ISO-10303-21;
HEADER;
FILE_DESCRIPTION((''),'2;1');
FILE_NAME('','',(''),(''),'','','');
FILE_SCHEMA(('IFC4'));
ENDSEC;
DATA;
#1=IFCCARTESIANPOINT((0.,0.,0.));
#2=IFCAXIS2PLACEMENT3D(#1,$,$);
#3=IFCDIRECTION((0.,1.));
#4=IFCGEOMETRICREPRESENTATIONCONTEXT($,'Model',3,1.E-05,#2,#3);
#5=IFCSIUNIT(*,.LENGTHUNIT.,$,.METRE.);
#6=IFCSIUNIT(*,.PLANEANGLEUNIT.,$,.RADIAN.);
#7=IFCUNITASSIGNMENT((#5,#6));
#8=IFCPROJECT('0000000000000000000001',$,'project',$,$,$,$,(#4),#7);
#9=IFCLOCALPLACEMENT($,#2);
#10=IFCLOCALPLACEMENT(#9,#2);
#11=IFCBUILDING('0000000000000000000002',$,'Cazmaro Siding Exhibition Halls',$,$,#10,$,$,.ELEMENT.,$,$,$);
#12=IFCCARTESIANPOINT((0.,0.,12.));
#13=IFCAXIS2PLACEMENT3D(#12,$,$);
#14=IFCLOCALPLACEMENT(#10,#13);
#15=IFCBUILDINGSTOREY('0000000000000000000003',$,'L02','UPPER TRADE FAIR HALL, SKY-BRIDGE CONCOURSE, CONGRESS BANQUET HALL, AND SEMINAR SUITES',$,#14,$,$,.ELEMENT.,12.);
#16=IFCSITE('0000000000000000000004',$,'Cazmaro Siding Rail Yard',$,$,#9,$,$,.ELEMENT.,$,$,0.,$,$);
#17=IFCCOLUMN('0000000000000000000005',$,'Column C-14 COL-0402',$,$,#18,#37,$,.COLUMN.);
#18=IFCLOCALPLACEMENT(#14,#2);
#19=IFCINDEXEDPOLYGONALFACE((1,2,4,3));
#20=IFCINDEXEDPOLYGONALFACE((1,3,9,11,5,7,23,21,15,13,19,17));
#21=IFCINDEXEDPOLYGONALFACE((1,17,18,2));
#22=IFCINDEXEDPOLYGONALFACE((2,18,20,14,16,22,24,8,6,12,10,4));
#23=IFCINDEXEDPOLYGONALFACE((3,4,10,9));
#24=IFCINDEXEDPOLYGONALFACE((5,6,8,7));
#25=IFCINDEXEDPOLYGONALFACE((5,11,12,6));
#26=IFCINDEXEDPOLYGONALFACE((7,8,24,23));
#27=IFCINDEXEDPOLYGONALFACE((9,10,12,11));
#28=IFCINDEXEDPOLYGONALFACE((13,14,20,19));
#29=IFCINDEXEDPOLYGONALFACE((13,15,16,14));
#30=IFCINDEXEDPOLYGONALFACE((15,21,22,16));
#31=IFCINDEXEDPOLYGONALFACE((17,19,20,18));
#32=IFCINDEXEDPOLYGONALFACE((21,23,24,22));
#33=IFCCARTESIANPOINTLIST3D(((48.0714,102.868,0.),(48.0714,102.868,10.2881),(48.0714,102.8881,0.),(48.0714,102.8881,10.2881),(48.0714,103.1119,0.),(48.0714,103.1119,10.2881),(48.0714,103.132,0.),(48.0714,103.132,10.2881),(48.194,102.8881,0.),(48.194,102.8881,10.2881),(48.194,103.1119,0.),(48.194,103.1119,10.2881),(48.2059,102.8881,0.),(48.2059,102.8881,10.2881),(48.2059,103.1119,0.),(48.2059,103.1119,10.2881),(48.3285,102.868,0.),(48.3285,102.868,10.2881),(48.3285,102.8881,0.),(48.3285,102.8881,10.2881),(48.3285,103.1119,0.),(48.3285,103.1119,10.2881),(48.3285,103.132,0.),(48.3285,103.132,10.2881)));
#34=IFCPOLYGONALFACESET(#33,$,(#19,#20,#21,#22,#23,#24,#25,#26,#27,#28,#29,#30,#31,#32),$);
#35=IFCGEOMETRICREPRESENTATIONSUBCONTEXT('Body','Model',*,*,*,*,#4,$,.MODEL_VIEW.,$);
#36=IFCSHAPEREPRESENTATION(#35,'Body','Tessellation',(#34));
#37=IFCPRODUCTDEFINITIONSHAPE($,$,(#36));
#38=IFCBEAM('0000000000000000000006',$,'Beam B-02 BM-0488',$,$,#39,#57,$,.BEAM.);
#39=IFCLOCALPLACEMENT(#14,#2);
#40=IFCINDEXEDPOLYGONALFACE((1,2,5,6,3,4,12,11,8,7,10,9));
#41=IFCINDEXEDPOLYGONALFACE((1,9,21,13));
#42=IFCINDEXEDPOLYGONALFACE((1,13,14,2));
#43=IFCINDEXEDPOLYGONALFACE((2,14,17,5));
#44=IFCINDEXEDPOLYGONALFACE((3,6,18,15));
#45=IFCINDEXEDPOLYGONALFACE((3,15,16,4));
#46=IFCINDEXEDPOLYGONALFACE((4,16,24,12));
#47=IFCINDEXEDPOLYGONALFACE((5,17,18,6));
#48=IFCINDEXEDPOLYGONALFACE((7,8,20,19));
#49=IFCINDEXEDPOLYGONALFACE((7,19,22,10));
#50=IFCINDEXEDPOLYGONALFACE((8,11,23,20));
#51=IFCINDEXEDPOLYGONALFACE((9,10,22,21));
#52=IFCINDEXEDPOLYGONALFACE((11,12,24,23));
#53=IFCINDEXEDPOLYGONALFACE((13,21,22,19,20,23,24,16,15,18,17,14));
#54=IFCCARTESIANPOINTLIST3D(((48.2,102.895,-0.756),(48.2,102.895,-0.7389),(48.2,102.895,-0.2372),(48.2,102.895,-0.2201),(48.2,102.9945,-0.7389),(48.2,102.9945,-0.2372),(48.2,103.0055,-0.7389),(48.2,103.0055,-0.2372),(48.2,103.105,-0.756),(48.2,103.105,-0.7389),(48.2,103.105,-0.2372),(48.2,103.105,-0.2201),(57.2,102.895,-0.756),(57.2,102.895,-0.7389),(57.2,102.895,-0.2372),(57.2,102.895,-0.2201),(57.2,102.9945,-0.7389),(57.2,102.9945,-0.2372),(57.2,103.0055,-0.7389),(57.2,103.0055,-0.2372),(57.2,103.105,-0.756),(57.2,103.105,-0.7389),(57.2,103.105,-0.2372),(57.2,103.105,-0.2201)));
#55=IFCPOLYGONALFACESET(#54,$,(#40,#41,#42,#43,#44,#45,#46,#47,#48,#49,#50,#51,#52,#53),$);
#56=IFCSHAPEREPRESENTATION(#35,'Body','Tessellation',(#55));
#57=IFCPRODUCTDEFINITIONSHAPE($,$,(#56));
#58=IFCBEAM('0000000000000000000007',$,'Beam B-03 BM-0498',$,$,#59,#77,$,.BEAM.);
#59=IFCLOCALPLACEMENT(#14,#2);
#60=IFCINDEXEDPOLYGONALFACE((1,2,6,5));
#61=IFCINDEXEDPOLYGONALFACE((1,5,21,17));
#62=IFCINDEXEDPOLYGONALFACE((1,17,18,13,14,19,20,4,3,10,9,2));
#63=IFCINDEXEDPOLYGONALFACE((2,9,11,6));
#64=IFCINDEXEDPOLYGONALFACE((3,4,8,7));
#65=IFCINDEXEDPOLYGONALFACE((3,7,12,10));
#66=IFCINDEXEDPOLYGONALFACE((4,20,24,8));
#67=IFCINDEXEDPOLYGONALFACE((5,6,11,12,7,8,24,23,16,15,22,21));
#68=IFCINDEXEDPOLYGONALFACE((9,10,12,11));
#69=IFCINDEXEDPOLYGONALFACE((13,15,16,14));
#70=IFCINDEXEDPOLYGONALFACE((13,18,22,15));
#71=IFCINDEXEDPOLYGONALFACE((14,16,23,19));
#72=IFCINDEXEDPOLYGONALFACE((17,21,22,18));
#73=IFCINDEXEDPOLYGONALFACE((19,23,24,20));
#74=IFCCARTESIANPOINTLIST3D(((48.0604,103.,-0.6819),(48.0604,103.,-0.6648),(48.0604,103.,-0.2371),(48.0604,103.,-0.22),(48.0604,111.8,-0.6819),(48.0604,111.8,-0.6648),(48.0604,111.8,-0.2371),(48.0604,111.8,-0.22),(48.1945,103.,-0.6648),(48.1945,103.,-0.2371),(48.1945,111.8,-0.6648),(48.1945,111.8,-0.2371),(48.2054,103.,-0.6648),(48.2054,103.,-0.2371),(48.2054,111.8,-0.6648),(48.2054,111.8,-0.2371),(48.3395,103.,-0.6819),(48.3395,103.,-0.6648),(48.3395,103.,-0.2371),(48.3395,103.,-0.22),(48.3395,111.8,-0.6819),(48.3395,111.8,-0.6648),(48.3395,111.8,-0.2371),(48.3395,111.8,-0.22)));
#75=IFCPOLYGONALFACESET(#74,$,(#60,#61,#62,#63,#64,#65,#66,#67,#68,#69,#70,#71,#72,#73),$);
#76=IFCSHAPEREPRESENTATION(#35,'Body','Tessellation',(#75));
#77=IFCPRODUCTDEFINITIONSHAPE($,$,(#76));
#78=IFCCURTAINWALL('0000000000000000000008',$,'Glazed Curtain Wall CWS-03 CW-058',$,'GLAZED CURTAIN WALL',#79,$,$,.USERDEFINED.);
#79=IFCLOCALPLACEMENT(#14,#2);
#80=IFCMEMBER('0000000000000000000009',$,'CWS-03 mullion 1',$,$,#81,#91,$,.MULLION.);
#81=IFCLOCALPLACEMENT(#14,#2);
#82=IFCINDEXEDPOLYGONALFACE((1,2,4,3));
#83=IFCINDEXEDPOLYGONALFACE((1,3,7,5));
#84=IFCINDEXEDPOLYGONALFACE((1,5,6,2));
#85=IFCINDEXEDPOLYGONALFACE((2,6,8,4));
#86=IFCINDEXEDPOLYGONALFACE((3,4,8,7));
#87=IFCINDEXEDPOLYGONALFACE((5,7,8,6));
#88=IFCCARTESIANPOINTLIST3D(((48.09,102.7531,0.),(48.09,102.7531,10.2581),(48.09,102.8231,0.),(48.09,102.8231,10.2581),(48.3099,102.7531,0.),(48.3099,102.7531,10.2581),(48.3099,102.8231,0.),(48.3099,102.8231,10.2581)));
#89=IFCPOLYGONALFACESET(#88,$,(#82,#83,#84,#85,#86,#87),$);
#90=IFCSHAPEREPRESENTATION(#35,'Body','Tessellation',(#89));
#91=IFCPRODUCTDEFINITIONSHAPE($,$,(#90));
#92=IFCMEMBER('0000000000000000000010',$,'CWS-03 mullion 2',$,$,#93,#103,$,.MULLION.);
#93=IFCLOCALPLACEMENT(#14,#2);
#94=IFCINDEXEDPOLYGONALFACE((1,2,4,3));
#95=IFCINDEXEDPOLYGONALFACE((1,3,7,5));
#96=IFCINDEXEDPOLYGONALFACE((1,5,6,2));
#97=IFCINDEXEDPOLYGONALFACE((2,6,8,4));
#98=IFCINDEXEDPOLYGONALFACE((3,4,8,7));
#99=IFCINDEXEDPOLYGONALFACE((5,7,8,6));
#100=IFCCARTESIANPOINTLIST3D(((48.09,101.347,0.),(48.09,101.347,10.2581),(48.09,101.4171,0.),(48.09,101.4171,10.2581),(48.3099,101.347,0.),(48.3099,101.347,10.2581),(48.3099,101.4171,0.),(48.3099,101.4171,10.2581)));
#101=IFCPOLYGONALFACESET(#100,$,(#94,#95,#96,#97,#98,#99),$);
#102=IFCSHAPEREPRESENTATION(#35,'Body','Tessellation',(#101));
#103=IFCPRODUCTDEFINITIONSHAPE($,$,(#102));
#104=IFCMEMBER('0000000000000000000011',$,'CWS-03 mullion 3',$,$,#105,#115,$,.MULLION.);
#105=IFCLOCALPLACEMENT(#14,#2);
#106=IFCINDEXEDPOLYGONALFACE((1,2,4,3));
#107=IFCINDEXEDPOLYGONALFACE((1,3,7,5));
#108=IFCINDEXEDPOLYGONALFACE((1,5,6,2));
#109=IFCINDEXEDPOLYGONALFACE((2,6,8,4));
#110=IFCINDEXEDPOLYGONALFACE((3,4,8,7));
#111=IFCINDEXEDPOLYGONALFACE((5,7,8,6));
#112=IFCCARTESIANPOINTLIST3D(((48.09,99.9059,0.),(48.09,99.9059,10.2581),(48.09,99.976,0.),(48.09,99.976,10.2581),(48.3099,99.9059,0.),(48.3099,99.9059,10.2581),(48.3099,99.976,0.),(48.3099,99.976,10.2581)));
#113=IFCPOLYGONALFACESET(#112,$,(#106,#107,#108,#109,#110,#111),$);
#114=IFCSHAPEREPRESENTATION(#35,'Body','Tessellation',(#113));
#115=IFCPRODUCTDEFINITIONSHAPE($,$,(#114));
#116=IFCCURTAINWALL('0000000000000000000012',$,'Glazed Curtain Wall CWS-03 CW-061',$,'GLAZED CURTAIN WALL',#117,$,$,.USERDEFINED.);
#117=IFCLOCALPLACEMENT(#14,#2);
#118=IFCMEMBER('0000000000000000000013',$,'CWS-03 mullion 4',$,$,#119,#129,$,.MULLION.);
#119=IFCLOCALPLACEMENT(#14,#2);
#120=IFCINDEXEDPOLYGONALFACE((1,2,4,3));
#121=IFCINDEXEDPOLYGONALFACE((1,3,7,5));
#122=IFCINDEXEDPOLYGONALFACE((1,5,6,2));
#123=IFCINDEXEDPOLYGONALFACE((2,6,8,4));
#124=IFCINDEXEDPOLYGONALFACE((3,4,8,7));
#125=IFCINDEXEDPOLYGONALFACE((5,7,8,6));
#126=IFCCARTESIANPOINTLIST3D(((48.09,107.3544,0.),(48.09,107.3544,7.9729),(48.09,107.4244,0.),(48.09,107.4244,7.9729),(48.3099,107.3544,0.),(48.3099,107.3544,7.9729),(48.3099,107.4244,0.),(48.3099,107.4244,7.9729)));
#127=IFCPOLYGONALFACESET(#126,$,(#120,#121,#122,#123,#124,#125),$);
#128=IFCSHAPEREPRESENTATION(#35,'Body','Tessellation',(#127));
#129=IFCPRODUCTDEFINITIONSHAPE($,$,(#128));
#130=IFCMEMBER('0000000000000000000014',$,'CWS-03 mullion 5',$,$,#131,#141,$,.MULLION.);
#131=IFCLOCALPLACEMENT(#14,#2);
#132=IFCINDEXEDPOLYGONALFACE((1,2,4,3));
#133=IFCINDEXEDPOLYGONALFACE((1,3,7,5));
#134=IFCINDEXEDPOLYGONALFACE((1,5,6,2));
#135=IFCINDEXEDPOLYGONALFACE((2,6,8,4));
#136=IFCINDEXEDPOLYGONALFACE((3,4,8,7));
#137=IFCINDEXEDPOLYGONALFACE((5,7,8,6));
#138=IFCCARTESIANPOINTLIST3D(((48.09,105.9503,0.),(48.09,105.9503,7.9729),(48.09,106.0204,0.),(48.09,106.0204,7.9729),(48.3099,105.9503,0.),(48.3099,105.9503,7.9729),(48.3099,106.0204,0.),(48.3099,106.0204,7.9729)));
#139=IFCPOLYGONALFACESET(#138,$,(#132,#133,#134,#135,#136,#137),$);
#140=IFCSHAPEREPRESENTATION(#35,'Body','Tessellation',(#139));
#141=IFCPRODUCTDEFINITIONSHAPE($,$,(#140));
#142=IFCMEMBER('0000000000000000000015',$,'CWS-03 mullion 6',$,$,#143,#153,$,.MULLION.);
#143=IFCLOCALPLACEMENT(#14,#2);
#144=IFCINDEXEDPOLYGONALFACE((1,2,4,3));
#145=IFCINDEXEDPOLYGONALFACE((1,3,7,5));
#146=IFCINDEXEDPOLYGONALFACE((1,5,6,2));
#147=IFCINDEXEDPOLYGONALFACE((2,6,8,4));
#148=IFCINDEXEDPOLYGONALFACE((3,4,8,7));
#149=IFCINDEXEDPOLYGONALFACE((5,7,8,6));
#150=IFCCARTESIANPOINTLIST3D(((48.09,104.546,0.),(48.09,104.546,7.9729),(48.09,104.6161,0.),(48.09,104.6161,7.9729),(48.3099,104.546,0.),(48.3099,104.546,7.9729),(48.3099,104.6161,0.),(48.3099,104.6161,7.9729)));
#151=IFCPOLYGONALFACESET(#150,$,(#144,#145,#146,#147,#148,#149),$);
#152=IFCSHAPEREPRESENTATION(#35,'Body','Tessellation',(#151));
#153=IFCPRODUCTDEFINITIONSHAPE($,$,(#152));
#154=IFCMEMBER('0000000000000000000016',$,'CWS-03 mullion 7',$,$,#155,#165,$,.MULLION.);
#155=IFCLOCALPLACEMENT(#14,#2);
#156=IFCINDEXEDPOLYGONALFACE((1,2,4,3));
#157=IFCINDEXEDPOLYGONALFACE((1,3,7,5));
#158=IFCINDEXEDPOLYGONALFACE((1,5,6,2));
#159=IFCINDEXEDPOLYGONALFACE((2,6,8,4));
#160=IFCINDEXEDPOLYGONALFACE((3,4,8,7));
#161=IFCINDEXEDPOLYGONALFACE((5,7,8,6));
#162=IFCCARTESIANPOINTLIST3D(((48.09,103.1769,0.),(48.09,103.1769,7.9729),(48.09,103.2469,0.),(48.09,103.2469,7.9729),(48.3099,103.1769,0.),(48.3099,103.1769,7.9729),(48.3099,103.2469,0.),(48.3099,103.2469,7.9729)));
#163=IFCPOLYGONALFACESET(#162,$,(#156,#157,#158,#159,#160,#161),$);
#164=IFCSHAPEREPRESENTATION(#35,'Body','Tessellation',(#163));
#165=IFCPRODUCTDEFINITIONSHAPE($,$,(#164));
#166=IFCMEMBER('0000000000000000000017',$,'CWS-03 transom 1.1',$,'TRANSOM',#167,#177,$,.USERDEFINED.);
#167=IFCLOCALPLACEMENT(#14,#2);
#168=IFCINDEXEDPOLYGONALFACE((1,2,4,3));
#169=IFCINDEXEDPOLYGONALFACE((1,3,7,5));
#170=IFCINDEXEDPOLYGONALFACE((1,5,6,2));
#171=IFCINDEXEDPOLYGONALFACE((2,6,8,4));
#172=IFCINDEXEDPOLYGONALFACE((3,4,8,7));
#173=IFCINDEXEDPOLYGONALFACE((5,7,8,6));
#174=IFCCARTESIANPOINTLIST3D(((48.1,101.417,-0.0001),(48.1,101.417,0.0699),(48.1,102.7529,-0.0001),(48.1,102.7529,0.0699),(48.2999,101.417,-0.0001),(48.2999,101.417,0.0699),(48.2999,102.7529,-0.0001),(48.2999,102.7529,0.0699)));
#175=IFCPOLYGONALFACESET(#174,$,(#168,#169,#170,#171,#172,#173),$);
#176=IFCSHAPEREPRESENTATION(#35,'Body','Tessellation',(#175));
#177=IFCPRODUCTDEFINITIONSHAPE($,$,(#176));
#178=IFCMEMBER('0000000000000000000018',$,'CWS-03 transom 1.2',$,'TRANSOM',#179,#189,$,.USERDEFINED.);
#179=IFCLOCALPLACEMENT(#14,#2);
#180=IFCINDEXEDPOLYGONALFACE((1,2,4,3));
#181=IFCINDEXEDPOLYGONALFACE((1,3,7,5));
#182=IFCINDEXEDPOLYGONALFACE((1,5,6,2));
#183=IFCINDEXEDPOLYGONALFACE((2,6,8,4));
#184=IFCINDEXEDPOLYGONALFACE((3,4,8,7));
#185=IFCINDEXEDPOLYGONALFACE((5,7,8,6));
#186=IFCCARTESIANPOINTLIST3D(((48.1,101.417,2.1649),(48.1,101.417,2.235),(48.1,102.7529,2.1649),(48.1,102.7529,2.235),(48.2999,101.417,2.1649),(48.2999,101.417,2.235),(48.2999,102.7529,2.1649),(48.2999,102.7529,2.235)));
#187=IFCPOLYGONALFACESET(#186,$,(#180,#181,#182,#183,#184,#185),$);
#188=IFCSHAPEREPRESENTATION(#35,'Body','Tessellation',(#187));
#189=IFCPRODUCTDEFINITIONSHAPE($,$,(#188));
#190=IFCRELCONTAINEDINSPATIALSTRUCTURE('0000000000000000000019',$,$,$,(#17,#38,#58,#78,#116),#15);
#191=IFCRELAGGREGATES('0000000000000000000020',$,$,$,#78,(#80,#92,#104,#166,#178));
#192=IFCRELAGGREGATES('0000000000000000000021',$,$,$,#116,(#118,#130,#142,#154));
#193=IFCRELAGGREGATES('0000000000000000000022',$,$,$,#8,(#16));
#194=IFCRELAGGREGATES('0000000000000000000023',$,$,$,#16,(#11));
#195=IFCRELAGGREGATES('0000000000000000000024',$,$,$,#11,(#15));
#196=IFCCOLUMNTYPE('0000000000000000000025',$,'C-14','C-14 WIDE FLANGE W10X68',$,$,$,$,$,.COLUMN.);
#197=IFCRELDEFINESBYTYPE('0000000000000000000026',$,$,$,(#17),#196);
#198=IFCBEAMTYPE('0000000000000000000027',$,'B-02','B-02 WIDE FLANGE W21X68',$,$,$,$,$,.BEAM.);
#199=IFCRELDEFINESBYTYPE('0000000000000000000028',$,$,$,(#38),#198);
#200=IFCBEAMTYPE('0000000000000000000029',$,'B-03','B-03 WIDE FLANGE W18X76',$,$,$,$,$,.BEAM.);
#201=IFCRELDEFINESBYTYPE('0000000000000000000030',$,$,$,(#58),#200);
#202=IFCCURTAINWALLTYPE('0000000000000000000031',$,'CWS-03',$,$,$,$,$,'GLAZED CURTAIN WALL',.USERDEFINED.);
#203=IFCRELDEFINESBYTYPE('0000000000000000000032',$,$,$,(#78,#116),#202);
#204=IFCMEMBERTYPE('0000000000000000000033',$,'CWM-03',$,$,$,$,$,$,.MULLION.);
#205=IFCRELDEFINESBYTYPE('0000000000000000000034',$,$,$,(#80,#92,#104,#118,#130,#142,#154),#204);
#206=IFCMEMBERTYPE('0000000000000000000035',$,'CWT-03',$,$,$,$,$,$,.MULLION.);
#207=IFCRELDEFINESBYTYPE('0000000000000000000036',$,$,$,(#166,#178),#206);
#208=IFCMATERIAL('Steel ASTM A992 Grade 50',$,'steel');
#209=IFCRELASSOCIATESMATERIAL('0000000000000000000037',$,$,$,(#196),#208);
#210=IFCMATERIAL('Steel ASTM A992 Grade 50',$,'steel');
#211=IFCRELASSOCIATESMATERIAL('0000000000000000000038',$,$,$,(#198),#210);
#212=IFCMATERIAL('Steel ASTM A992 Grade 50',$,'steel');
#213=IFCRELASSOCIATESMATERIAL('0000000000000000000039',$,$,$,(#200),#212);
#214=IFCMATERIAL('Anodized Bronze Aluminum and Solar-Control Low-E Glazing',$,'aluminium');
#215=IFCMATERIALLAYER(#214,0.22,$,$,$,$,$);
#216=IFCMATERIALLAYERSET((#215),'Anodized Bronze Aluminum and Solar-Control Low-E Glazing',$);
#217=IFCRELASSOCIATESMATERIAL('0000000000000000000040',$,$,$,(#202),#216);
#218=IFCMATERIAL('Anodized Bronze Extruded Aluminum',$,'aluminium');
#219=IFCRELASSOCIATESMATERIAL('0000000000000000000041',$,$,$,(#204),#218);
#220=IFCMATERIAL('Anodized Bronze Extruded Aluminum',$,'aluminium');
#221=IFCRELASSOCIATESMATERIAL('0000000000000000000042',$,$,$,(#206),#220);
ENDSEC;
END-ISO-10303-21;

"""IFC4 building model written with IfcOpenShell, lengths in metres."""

from ifc_helpers import new_model, si_unit, direction, frame, origin, origin_2d, place, context, subcontext, project, spatial, rectangle, i_section, extrude, material, layer, layer_set, material_profile, profile_set, type_object, element, aggregate, save


model = new_model("IFC4")

# Units and contexts
model_context = context("Model", 3, precision=1e-05, world=origin(), true_north=direction((0.0, 1.0)))
body_context = subcontext(model_context, "Body", "Model", "MODEL_VIEW")
ifc_project = project(units=[si_unit("LENGTHUNIT", "METRE"), si_unit("PLANEANGLEUNIT", "RADIAN")], contexts=[model_context])

# Site, building, storey
site_placement = place(None, origin())
site = spatial("IfcSite", under=ifc_project, at=site_placement, Name="Cazmaro Siding Rail Yard", CompositionType="ELEMENT", RefElevation=0.0)
building_placement = place(site_placement, origin())
building = spatial("IfcBuilding", under=site, at=building_placement, Name="Cazmaro Siding Exhibition Halls", CompositionType="ELEMENT")
storey_placement = place(building_placement, frame((0.0, 0.0, 12.0)))
storey = spatial("IfcBuildingStorey", under=building, at=storey_placement, Name="L02", Description="UPPER TRADE FAIR HALL, SKY-BRIDGE CONCOURSE, CONGRESS BANQUET HALL, AND SEMINAR SUITES", CompositionType="ELEMENT", Elevation=12.0)

# Column
ifc_material_1 = material(Name="Steel ASTM A992 Grade 50", Category="steel")
ifc_material_profile_1 = material_profile(ifc_material_1, i_section(OverallWidth=0.2571, OverallDepth=0.2639, WebThickness=0.012, FlangeThickness=0.02, at=origin_2d()), Name="W10X68")
ifc_profile_set_1 = profile_set([ifc_material_profile_1], Name="Steel ASTM A992 Grade 50")
column_type = type_object("IfcColumnType", Name="C-14", Description="C-14 WIDE FLANGE W10X68", PredefinedType="COLUMN", material=ifc_profile_set_1)
column_placement = place(storey_placement, frame((48.2, 103.0, 0.0), z_axis=(0.0, 0.0, 1.0), x_axis=(1.0, 0.0, 0.0)))
element("IfcColumn", 1, at=column_placement, inside=storey, type_object=column_type, Name="Column C-14 COL-0402", PredefinedType="COLUMN", context=body_context, shape_type="SweptSolid", body=[
    extrude(i_section(OverallWidth=0.2571, OverallDepth=0.2639, WebThickness=0.012, FlangeThickness=0.02, at=origin_2d()), origin(), (0.0, 0.0, 1.0), 10.2881),
])

# Beams
ifc_material_2 = material(Name="Steel ASTM A992 Grade 50", Category="steel")
ifc_material_profile_2 = material_profile(ifc_material_2, i_section(OverallWidth=0.21, OverallDepth=0.5359, WebThickness=0.011, FlangeThickness=0.0171, at=origin_2d()), Name="W21X68")
ifc_profile_set_2 = profile_set([ifc_material_profile_2], Name="Steel ASTM A992 Grade 50")
beam_type_1 = type_object("IfcBeamType", Name="B-02", Description="B-02 WIDE FLANGE W21X68", PredefinedType="BEAM", material=ifc_profile_set_2)
beam_1_placement = place(storey_placement, frame((48.2, 103.0, -0.488), z_axis=(1.0, 0.0, 0.0), x_axis=(0.0, 1.0, 0.0)))
element("IfcBeam", 2, at=beam_1_placement, inside=storey, type_object=beam_type_1, Name="Beam B-02 BM-0488", PredefinedType="BEAM", context=body_context, shape_type="SweptSolid", body=[
    extrude(i_section(OverallWidth=0.21, OverallDepth=0.5359, WebThickness=0.011, FlangeThickness=0.0171, at=origin_2d()), origin(), (0.0, 0.0, 1.0), 9.0),
])
ifc_material_3 = material(Name="Steel ASTM A992 Grade 50", Category="steel")
ifc_material_profile_3 = material_profile(ifc_material_3, i_section(OverallWidth=0.2791, OverallDepth=0.4619, WebThickness=0.011, FlangeThickness=0.0171, at=origin_2d()), Name="W18X76")
ifc_profile_set_3 = profile_set([ifc_material_profile_3], Name="Steel ASTM A992 Grade 50")
beam_type_2 = type_object("IfcBeamType", Name="B-03", Description="B-03 WIDE FLANGE W18X76", PredefinedType="BEAM", material=ifc_profile_set_3)
beam_2_placement = place(storey_placement, frame((48.2, 103.0, -0.4509), z_axis=(0.0, 1.0, 0.0), x_axis=(-1.0, 0.0, 0.0)))
element("IfcBeam", 3, at=beam_2_placement, inside=storey, type_object=beam_type_2, Name="Beam B-03 BM-0498", PredefinedType="BEAM", context=body_context, shape_type="SweptSolid", body=[
    extrude(i_section(OverallWidth=0.2791, OverallDepth=0.4619, WebThickness=0.011, FlangeThickness=0.0171, at=origin_2d()), origin(), (0.0, 0.0, 1.0), 8.8),
])

# Curtain walls, members
ifc_material_4 = material(Name="Anodized Bronze Aluminum and Solar-Control Low-E Glazing", Category="aluminium")
ifc_layer_1 = layer(ifc_material_4, 0.22)
ifc_layer_set_1 = layer_set([ifc_layer_1], Name="Anodized Bronze Aluminum and Solar-Control Low-E Glazing")
curtain_wall_type = type_object("IfcCurtainWallType", Name="CWS-03", ElementType="GLAZED CURTAIN WALL", PredefinedType="USERDEFINED", material=ifc_layer_set_1)
curtain_wall_1_placement = place(storey_placement, origin())
curtain_wall_1 = element("IfcCurtainWall", 4, at=curtain_wall_1_placement, inside=storey, type_object=curtain_wall_type, Name="Glazed Curtain Wall CWS-03 CW-058", ObjectType="GLAZED CURTAIN WALL", PredefinedType="USERDEFINED")
ifc_material_5 = material(Name="Anodized Bronze Extruded Aluminum", Category="aluminium")
ifc_material_profile_4 = material_profile(ifc_material_5, rectangle(XDim=0.22, YDim=0.0701, at=origin_2d()), Name="CWM-03")
ifc_profile_set_4 = profile_set([ifc_material_profile_4], Name="Anodized Bronze Extruded Aluminum")
member_type_1 = type_object("IfcMemberType", Name="CWM-03", PredefinedType="MULLION", material=ifc_profile_set_4)
member_1_placement = place(storey_placement, frame((48.2, 102.7881, 0.0), z_axis=(0.0, 0.0, 1.0), x_axis=(1.0, 0.0, 0.0)))
member_1 = element("IfcMember", 5, at=member_1_placement, type_object=member_type_1, Name="CWS-03 mullion 1", PredefinedType="MULLION", context=body_context, shape_type="SweptSolid", body=[
    extrude(rectangle(XDim=0.22, YDim=0.0701, at=origin_2d()), origin(), (0.0, 0.0, 1.0), 10.2581),
])
member_2_placement = place(storey_placement, frame((48.2, 101.3821, 0.0), z_axis=(0.0, 0.0, 1.0), x_axis=(1.0, 0.0, 0.0)))
member_2 = element("IfcMember", 6, at=member_2_placement, type_object=member_type_1, Name="CWS-03 mullion 2", PredefinedType="MULLION", context=body_context, shape_type="SweptSolid", body=[
    extrude(rectangle(XDim=0.22, YDim=0.0701, at=origin_2d()), origin(), (0.0, 0.0, 1.0), 10.2581),
])
member_3_placement = place(storey_placement, frame((48.2, 99.9409, 0.0), z_axis=(0.0, 0.0, 1.0), x_axis=(1.0, 0.0, 0.0)))
member_3 = element("IfcMember", 7, at=member_3_placement, type_object=member_type_1, Name="CWS-03 mullion 3", PredefinedType="MULLION", context=body_context, shape_type="SweptSolid", body=[
    extrude(rectangle(XDim=0.22, YDim=0.0701, at=origin_2d()), origin(), (0.0, 0.0, 1.0), 10.2581),
])
curtain_wall_2_placement = place(storey_placement, origin())
curtain_wall_2 = element("IfcCurtainWall", 8, at=curtain_wall_2_placement, inside=storey, type_object=curtain_wall_type, Name="Glazed Curtain Wall CWS-03 CW-061", ObjectType="GLAZED CURTAIN WALL", PredefinedType="USERDEFINED")
member_4_placement = place(storey_placement, frame((48.2, 107.3894, 0.0), z_axis=(0.0, 0.0, 1.0), x_axis=(1.0, 0.0, 0.0)))
member_4 = element("IfcMember", 9, at=member_4_placement, type_object=member_type_1, Name="CWS-03 mullion 4", PredefinedType="MULLION", context=body_context, shape_type="SweptSolid", body=[
    extrude(rectangle(XDim=0.22, YDim=0.0701, at=origin_2d()), origin(), (0.0, 0.0, 1.0), 7.9729),
])
member_5_placement = place(storey_placement, frame((48.2, 105.9854, 0.0), z_axis=(0.0, 0.0, 1.0), x_axis=(1.0, 0.0, 0.0)))
member_5 = element("IfcMember", 10, at=member_5_placement, type_object=member_type_1, Name="CWS-03 mullion 5", PredefinedType="MULLION", context=body_context, shape_type="SweptSolid", body=[
    extrude(rectangle(XDim=0.22, YDim=0.0701, at=origin_2d()), origin(), (0.0, 0.0, 1.0), 7.9729),
])
member_6_placement = place(storey_placement, frame((48.2, 104.5811, 0.0), z_axis=(0.0, 0.0, 1.0), x_axis=(1.0, 0.0, 0.0)))
member_6 = element("IfcMember", 11, at=member_6_placement, type_object=member_type_1, Name="CWS-03 mullion 6", PredefinedType="MULLION", context=body_context, shape_type="SweptSolid", body=[
    extrude(rectangle(XDim=0.22, YDim=0.0701, at=origin_2d()), origin(), (0.0, 0.0, 1.0), 7.9729),
])
member_7_placement = place(storey_placement, frame((48.2, 103.2119, 0.0), z_axis=(0.0, 0.0, 1.0), x_axis=(1.0, 0.0, 0.0)))
member_7 = element("IfcMember", 12, at=member_7_placement, type_object=member_type_1, Name="CWS-03 mullion 7", PredefinedType="MULLION", context=body_context, shape_type="SweptSolid", body=[
    extrude(rectangle(XDim=0.22, YDim=0.0701, at=origin_2d()), origin(), (0.0, 0.0, 1.0), 7.9729),
])

# Members
ifc_material_6 = material(Name="Anodized Bronze Extruded Aluminum", Category="aluminium")
ifc_material_profile_5 = material_profile(ifc_material_6, rectangle(XDim=0.2, YDim=0.0701, at=origin_2d()), Name="CWT-03")
ifc_profile_set_5 = profile_set([ifc_material_profile_5], Name="Anodized Bronze Extruded Aluminum")
member_type_2 = type_object("IfcMemberType", Name="CWT-03", PredefinedType="MULLION", material=ifc_profile_set_5)
member_8_placement = place(storey_placement, frame((48.2, 102.7529, 0.0349), z_axis=(0.0, -1.0, 0.0), x_axis=(1.0, 0.0, 0.0)))
member_8 = element("IfcMember", 13, at=member_8_placement, type_object=member_type_2, Name="CWS-03 transom 1.1", ObjectType="TRANSOM", PredefinedType="USERDEFINED", context=body_context, shape_type="SweptSolid", body=[
    extrude(rectangle(XDim=0.2, YDim=0.0701, at=origin_2d()), origin(), (0.0, 0.0, 1.0), 1.3359),
])
member_9_placement = place(storey_placement, frame((48.2, 102.7529, 2.2), z_axis=(0.0, -1.0, 0.0), x_axis=(1.0, 0.0, 0.0)))
member_9 = element("IfcMember", 14, at=member_9_placement, type_object=member_type_2, Name="CWS-03 transom 1.2", ObjectType="TRANSOM", PredefinedType="USERDEFINED", context=body_context, shape_type="SweptSolid", body=[
    extrude(rectangle(XDim=0.2, YDim=0.0701, at=origin_2d()), origin(), (0.0, 0.0, 1.0), 1.3359),
])

aggregate(curtain_wall_1, [member_1, member_2, member_3, member_8, member_9])
aggregate(curtain_wall_2, [member_4, member_5, member_6, member_7])

save(model, "model.ifc")
